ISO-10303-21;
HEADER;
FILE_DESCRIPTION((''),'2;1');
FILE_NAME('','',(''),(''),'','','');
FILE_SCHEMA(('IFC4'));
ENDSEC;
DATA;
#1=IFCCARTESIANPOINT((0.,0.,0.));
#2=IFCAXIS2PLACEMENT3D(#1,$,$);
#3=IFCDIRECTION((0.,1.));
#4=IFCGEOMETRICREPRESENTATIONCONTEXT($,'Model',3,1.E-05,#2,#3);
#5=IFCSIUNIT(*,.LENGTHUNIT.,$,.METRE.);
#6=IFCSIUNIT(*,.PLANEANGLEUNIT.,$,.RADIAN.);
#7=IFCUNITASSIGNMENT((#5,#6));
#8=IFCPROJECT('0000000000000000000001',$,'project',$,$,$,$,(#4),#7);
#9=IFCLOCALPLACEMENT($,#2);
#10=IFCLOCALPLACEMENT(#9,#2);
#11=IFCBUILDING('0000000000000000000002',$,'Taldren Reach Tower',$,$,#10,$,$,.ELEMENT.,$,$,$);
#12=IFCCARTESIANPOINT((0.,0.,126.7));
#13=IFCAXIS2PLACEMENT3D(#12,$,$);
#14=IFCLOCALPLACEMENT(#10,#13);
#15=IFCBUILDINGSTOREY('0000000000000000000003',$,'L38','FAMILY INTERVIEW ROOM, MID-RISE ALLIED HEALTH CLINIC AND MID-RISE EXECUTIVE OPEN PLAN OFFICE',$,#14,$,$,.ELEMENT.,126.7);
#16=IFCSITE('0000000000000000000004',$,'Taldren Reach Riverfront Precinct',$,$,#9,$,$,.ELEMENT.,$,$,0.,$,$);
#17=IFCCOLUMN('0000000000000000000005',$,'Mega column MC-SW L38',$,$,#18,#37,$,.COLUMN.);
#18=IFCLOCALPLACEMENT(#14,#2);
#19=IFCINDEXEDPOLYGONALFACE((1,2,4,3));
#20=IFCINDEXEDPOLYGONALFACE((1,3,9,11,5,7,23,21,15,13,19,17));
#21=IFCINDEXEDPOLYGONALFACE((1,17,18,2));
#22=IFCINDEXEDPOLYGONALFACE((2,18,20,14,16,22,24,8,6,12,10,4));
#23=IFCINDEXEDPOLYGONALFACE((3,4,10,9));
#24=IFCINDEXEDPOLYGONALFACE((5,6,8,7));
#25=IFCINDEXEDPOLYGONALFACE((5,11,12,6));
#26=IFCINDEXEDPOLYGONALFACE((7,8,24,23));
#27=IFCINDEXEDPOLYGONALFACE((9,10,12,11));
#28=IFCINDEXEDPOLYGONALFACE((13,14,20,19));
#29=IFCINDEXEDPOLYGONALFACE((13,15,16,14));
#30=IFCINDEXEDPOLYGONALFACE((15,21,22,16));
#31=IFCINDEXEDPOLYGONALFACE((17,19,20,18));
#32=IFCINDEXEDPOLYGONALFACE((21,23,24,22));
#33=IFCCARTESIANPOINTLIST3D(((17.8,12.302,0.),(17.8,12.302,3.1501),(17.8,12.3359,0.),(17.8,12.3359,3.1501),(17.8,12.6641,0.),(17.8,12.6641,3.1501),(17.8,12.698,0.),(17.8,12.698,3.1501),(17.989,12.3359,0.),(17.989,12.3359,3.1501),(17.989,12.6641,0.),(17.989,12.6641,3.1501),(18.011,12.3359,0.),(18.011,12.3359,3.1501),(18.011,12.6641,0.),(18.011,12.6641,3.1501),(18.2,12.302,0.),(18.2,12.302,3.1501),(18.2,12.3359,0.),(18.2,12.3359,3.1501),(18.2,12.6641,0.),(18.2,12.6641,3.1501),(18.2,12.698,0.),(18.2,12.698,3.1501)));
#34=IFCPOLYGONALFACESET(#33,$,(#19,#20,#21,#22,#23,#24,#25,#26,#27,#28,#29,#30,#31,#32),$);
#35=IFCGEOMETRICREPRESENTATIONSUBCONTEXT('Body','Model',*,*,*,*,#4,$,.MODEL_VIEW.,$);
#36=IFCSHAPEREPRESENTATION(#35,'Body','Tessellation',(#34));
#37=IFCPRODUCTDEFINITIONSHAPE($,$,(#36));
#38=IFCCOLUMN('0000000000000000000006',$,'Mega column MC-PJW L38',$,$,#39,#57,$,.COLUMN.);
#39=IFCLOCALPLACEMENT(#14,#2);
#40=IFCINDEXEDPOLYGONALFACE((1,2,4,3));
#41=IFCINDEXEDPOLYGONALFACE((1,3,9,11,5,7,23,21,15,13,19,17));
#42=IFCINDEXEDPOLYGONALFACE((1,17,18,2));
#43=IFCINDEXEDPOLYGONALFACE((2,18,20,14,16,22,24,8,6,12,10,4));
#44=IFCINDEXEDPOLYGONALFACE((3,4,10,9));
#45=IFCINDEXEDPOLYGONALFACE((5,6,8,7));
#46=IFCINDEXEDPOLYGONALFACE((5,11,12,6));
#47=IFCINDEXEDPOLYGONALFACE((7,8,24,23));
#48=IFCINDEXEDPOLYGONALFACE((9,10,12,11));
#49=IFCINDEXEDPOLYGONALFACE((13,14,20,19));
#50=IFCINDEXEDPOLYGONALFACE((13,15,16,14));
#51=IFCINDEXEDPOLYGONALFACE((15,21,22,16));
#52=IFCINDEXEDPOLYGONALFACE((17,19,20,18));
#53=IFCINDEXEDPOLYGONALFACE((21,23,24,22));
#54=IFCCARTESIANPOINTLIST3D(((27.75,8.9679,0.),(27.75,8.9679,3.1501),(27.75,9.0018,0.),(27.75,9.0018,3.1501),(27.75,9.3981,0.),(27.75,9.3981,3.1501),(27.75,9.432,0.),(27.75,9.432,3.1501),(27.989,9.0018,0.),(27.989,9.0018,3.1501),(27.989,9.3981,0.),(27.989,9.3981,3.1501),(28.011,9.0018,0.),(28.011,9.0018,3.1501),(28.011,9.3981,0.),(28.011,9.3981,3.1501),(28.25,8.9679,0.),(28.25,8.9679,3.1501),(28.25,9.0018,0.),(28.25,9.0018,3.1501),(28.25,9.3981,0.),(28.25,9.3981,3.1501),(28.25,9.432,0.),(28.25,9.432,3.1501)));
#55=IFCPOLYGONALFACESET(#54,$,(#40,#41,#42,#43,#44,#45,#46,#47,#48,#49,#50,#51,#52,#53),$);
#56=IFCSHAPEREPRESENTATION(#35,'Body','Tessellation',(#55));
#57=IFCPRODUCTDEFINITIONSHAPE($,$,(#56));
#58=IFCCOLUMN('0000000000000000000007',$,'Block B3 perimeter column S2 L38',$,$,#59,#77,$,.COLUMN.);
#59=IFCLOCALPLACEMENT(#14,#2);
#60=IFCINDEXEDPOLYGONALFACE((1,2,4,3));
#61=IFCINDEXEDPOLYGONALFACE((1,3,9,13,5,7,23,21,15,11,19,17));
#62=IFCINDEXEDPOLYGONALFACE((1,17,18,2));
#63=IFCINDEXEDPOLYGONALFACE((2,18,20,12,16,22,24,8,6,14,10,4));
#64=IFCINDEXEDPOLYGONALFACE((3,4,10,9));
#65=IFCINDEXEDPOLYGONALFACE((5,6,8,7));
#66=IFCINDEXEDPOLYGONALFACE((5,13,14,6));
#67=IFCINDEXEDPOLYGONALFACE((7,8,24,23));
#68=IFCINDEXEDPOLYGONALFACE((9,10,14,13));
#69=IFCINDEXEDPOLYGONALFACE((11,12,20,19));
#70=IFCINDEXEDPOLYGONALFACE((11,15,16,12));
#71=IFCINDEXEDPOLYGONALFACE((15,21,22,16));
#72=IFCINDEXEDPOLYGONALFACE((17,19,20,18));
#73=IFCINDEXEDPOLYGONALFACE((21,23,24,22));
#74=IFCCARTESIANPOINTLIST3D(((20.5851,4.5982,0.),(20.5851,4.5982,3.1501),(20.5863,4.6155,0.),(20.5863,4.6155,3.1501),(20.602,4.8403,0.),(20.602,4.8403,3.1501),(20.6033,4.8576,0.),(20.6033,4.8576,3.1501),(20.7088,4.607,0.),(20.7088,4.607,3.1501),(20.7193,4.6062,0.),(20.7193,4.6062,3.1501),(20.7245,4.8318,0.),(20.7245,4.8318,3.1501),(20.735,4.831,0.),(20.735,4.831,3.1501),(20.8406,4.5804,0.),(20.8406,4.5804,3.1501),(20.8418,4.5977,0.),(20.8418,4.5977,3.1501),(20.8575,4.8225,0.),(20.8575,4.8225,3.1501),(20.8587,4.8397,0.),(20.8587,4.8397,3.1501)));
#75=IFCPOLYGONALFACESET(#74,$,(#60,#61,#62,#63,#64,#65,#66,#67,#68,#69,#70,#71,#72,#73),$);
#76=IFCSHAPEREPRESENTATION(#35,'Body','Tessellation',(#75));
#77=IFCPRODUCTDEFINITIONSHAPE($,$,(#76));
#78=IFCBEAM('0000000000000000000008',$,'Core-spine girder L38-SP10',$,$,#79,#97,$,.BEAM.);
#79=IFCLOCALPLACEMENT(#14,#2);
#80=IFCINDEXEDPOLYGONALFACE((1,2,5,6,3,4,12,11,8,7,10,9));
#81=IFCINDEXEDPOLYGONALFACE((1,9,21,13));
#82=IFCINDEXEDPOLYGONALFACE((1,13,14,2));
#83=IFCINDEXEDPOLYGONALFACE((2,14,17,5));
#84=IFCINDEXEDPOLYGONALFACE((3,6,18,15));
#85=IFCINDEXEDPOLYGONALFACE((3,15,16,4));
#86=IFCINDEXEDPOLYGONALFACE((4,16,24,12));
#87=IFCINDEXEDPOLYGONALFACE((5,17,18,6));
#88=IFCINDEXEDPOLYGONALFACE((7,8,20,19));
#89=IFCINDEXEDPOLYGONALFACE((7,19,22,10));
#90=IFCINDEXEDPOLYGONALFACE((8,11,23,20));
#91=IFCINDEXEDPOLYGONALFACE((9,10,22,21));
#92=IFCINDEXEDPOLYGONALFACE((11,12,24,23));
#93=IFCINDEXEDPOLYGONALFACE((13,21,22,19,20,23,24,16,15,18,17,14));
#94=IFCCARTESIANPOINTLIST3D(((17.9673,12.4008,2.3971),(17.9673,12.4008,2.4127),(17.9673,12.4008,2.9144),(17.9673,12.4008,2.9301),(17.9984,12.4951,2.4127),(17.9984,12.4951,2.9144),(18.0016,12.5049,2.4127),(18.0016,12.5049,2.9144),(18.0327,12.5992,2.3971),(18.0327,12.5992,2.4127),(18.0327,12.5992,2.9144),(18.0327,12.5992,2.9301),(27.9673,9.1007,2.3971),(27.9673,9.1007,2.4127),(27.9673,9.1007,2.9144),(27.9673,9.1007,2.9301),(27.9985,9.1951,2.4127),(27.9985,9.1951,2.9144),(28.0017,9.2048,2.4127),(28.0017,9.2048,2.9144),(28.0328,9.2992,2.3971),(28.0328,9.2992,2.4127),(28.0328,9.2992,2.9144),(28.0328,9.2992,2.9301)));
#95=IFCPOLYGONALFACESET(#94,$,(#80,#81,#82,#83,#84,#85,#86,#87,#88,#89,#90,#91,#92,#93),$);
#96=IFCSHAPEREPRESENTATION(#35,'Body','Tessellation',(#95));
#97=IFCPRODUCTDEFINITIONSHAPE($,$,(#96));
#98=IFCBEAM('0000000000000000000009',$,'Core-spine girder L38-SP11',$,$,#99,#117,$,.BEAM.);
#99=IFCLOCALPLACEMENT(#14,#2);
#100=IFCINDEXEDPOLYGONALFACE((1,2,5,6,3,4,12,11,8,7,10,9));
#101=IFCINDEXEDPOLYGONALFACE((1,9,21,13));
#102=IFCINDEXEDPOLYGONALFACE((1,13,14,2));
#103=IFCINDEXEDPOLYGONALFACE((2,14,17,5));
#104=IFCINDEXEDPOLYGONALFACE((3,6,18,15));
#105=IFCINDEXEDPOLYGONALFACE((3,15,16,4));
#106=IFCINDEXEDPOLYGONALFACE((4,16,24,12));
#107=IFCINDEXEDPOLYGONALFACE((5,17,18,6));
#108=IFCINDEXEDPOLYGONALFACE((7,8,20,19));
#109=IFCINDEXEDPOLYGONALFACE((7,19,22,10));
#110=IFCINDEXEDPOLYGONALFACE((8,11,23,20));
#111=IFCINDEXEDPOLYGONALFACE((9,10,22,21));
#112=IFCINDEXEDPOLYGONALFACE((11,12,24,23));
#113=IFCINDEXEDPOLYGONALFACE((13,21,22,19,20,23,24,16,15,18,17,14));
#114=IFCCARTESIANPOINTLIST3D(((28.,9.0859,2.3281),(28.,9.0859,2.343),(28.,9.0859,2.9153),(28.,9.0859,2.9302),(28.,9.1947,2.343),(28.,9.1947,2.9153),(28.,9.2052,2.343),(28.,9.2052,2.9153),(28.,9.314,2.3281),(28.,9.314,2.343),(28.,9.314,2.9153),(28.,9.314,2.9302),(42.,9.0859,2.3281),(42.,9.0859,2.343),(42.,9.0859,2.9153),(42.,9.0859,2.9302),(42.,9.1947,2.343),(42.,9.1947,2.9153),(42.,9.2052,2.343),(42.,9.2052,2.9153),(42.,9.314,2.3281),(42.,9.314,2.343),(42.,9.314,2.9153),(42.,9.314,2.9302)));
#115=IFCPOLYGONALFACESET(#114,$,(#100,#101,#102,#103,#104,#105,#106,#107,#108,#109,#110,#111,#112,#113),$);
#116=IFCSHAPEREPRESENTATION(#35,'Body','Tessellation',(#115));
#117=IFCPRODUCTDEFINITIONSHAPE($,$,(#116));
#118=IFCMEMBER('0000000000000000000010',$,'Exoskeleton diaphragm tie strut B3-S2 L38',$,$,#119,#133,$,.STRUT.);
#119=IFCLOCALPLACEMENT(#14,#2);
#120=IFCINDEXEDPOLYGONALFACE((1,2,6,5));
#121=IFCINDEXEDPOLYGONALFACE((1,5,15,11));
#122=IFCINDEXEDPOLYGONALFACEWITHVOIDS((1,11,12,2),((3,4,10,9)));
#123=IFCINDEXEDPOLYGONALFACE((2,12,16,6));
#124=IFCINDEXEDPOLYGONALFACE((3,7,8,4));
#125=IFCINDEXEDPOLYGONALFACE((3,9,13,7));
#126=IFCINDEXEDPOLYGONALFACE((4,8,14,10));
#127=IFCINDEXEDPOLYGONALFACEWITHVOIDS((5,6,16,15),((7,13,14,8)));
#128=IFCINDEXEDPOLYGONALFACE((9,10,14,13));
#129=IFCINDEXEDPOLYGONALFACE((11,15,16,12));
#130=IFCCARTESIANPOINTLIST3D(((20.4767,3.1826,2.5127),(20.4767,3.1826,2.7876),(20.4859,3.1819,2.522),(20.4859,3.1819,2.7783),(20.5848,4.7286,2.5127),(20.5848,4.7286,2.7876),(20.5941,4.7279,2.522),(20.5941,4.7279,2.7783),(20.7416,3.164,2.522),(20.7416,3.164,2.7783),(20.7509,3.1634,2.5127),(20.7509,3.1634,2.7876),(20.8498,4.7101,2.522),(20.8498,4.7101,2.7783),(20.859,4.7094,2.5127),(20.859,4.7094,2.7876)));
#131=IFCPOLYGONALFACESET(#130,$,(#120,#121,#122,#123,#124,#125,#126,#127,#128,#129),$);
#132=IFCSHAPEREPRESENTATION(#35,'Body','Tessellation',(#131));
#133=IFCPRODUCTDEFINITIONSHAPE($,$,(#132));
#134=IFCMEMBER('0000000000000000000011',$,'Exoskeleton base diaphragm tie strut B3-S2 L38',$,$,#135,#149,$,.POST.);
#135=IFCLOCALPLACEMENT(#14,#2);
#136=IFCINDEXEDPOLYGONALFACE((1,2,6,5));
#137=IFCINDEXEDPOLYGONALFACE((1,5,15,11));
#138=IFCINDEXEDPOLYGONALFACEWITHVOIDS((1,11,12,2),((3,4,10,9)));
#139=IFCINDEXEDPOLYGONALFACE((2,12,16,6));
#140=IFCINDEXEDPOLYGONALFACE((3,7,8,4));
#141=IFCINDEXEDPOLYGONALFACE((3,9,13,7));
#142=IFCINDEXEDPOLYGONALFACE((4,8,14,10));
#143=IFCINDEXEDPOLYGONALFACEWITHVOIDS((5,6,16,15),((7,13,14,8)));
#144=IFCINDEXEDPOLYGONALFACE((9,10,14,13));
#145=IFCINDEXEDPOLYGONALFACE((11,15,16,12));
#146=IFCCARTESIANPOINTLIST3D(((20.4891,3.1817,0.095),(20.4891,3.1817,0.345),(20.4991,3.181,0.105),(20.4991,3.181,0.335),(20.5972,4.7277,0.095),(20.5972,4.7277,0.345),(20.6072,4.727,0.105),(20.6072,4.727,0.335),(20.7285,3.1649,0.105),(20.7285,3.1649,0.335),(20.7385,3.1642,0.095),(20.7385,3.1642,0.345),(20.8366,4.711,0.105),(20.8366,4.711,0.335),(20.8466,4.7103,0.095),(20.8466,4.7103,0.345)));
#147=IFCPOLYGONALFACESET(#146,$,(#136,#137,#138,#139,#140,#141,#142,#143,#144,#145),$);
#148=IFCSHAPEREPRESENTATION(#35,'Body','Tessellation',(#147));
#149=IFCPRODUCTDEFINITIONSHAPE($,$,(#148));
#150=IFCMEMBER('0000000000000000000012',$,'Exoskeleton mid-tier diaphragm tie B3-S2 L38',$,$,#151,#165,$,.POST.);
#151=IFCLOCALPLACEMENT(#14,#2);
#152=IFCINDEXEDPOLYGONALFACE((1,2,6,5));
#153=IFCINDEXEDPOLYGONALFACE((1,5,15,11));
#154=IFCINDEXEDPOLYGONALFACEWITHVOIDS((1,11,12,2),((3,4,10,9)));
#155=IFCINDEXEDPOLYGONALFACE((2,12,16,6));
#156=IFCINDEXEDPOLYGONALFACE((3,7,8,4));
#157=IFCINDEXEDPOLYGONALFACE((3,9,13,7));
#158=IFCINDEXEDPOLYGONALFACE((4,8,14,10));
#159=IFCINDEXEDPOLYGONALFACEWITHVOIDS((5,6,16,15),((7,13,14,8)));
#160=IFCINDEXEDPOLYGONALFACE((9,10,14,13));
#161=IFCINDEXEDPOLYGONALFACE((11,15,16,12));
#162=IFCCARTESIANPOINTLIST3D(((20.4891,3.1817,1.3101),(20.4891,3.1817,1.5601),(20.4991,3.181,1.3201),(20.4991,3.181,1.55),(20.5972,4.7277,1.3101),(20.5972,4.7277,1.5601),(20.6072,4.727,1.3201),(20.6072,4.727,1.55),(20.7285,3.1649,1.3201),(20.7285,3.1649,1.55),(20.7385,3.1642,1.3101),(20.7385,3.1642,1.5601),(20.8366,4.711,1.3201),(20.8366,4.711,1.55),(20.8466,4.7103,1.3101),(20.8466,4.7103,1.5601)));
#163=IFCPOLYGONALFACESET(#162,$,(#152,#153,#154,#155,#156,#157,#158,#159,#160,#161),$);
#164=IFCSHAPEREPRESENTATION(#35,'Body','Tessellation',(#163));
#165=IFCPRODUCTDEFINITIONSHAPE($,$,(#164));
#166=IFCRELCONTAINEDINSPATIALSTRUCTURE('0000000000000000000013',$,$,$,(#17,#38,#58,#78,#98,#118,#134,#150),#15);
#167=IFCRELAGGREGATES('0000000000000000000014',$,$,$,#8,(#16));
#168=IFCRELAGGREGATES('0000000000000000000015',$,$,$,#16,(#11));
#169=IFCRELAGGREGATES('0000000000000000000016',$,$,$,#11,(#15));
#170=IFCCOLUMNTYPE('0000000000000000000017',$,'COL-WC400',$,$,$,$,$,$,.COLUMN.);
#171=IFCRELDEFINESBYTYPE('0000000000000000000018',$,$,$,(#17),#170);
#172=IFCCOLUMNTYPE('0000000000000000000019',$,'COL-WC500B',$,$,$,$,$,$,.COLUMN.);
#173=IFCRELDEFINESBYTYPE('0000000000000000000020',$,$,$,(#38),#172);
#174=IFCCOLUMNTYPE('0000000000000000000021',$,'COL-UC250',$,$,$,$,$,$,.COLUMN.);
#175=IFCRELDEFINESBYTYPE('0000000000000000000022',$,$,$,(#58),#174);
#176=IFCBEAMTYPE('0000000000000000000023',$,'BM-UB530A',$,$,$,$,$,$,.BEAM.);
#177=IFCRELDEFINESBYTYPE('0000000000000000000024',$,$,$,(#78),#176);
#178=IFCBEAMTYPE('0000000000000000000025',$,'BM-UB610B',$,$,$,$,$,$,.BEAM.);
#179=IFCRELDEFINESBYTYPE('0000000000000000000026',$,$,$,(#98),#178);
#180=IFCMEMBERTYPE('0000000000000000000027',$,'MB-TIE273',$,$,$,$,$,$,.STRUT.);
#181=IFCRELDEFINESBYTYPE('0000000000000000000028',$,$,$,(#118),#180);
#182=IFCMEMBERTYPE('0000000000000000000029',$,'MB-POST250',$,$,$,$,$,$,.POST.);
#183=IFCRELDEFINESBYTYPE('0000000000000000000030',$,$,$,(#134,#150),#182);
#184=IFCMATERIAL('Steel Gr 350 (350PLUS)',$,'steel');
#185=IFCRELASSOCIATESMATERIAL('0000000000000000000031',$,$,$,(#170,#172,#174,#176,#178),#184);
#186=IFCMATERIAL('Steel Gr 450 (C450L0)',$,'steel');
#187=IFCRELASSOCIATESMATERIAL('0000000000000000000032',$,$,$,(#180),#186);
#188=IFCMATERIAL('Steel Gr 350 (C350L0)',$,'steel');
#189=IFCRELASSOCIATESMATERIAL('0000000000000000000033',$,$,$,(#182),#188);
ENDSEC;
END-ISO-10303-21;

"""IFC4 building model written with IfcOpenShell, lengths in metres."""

from ifc_helpers import new_model, si_unit, direction, frame, origin, origin_2d, place, context, subcontext, project, spatial, hollow_rectangle, i_section, extrude, source, transform, mapped, material, material_profile, profile_set, type_object, element, save


model = new_model("IFC4")

# Units and contexts
model_context = context("Model", 3, precision=1e-05, world=origin(), true_north=direction((0.0, 1.0)))
body_context = subcontext(model_context, "Body", "Model", "MODEL_VIEW")
ifc_project = project(units=[si_unit("LENGTHUNIT", "METRE"), si_unit("PLANEANGLEUNIT", "RADIAN")], contexts=[model_context])

# Site, building, storey
site_placement = place(None, origin())
site = spatial("IfcSite", under=ifc_project, at=site_placement, Name="Taldren Reach Riverfront Precinct", CompositionType="ELEMENT", RefElevation=0.0)
building_placement = place(site_placement, origin())
building = spatial("IfcBuilding", under=site, at=building_placement, Name="Taldren Reach Tower", CompositionType="ELEMENT")
storey_placement = place(building_placement, frame((0.0, 0.0, 126.7)))
storey = spatial("IfcBuildingStorey", under=building, at=storey_placement, Name="L38", Description="FAMILY INTERVIEW ROOM, MID-RISE ALLIED HEALTH CLINIC AND MID-RISE EXECUTIVE OPEN PLAN OFFICE", CompositionType="ELEMENT", Elevation=126.7)

# Columns
ifc_material_1 = material(Name="Steel Gr 350 (350PLUS)", Category="steel")
ifc_material_profile_1 = material_profile(ifc_material_1, i_section(OverallWidth=0.3999, OverallDepth=0.396, WebThickness=0.022, FlangeThickness=0.0339, at=origin_2d()), Name="400WC270")
ifc_profile_set_1 = profile_set([ifc_material_profile_1], Name="Steel Gr 350 (350PLUS)")
column_type_1 = type_object("IfcColumnType", Name="COL-WC400", PredefinedType="COLUMN", material=ifc_profile_set_1)
shared_shape_1 = source(origin(), body_context, "Body", "SweptSolid", [
    extrude(i_section(OverallWidth=0.3999, OverallDepth=0.396, WebThickness=0.022, FlangeThickness=0.0339, at=origin_2d()), origin(), (0.0, 0.0, 1.0), 3.1501),
])
column_1_placement = place(storey_placement, frame((18.0, 12.5, 0.0), z_axis=(0.0, 0.0, 1.0), x_axis=(1.0, 0.0, 0.0)))
element("IfcColumn", 1, at=column_1_placement, inside=storey, type_object=column_type_1, Name="Mega column MC-SW L38", PredefinedType="COLUMN", context=body_context, shape_type="MappedRepresentation", body=[
    mapped(shared_shape_1, transform((0.0, 0.0, 0.0), scale=1.0)),
])
ifc_material_profile_2 = material_profile(ifc_material_1, i_section(OverallWidth=0.5, OverallDepth=0.4641, WebThickness=0.022, FlangeThickness=0.0339, at=origin_2d()), Name="500WC340")
ifc_profile_set_2 = profile_set([ifc_material_profile_2], Name="Steel Gr 350 (350PLUS)")
column_type_2 = type_object("IfcColumnType", Name="COL-WC500B", PredefinedType="COLUMN", material=ifc_profile_set_2)
shared_shape_2 = source(origin(), body_context, "Body", "SweptSolid", [
    extrude(i_section(OverallWidth=0.5, OverallDepth=0.4641, WebThickness=0.022, FlangeThickness=0.0339, at=origin_2d()), origin(), (0.0, 0.0, 1.0), 3.1501),
])
column_2_placement = place(storey_placement, frame((28.0, 9.2, 0.0), z_axis=(0.0, 0.0, 1.0), x_axis=(1.0, 0.0, 0.0)))
element("IfcColumn", 2, at=column_2_placement, inside=storey, type_object=column_type_2, Name="Mega column MC-PJW L38", PredefinedType="COLUMN", context=body_context, shape_type="MappedRepresentation", body=[
    mapped(shared_shape_2, transform((0.0, 0.0, 0.0), scale=1.0)),
])
ifc_material_profile_3 = material_profile(ifc_material_1, i_section(OverallWidth=0.2561, OverallDepth=0.26, WebThickness=0.0105, FlangeThickness=0.0173, at=origin_2d()), Name="250UC89.5")
ifc_profile_set_3 = profile_set([ifc_material_profile_3], Name="Steel Gr 350 (350PLUS)")
column_type_3 = type_object("IfcColumnType", Name="COL-UC250", PredefinedType="COLUMN", material=ifc_profile_set_3)
shared_shape_3 = source(origin(), body_context, "Body", "SweptSolid", [
    extrude(i_section(OverallWidth=0.2561, OverallDepth=0.26, WebThickness=0.0105, FlangeThickness=0.0173, at=origin_2d()), origin(), (0.0, 0.0, 1.0), 3.1501),
])
column_3_placement = place(storey_placement, frame((20.7219, 4.719, 0.0), z_axis=(0.0, 0.0, 1.0), x_axis=(0.997564, -0.069756, 0.0)))
element("IfcColumn", 3, at=column_3_placement, inside=storey, type_object=column_type_3, Name="Block B3 perimeter column S2 L38", PredefinedType="COLUMN", context=body_context, shape_type="MappedRepresentation", body=[
    mapped(shared_shape_3, transform((0.0, 0.0, 0.0), scale=1.0)),
])

# Beams
ifc_material_profile_4 = material_profile(ifc_material_1, i_section(OverallWidth=0.209, OverallDepth=0.533, WebThickness=0.0103, FlangeThickness=0.0156, at=origin_2d()), Name="530UB92.4")
ifc_profile_set_4 = profile_set([ifc_material_profile_4], Name="Steel Gr 350 (350PLUS)")
beam_type_1 = type_object("IfcBeamType", Name="BM-UB530A", PredefinedType="BEAM", material=ifc_profile_set_4)
shared_shape_4 = source(origin(), body_context, "Body", "SweptSolid", [
    extrude(i_section(OverallWidth=0.209, OverallDepth=0.533, WebThickness=0.0103, FlangeThickness=0.0156, at=origin_2d()), origin(), (0.0, 0.0, 1.0), 10.5305),
])
beam_1_placement = place(storey_placement, frame((18.0, 12.5, 2.6636), z_axis=(0.949627, -0.313382, 0.0), x_axis=(0.313382, 0.949627, 0.0)))
element("IfcBeam", 4, at=beam_1_placement, inside=storey, type_object=beam_type_1, Name="Core-spine girder L38-SP10", PredefinedType="BEAM", context=body_context, shape_type="MappedRepresentation", body=[
    mapped(shared_shape_4, transform((0.0, 0.0, 0.0), scale=1.0)),
])
ifc_material_profile_5 = material_profile(ifc_material_1, i_section(OverallWidth=0.228, OverallDepth=0.6021, WebThickness=0.0105, FlangeThickness=0.0149, at=origin_2d()), Name="610UB101")
ifc_profile_set_5 = profile_set([ifc_material_profile_5], Name="Steel Gr 350 (350PLUS)")
beam_type_2 = type_object("IfcBeamType", Name="BM-UB610B", PredefinedType="BEAM", material=ifc_profile_set_5)
shared_shape_5 = source(origin(), body_context, "Body", "SweptSolid", [
    extrude(i_section(OverallWidth=0.228, OverallDepth=0.6021, WebThickness=0.0105, FlangeThickness=0.0149, at=origin_2d()), origin(), (0.0, 0.0, 1.0), 14.0),
])
beam_2_placement = place(storey_placement, frame((28.0, 9.2, 2.6292), z_axis=(1.0, 0.0, 0.0), x_axis=(0.0, 1.0, 0.0)))
element("IfcBeam", 5, at=beam_2_placement, inside=storey, type_object=beam_type_2, Name="Core-spine girder L38-SP11", PredefinedType="BEAM", context=body_context, shape_type="MappedRepresentation", body=[
    mapped(shared_shape_5, transform((0.0, 0.0, 0.0), scale=1.0)),
])

# Members
ifc_material_2 = material(Name="Steel Gr 450 (C450L0)", Category="steel")
ifc_material_profile_6 = material_profile(ifc_material_2, hollow_rectangle(XDim=0.2749, YDim=0.2749, WallThickness=0.0093, at=origin_2d()), Name="275x275x9.3SHS")
ifc_profile_set_6 = profile_set([ifc_material_profile_6], Name="Steel Gr 450 (C450L0)")
member_type_1 = type_object("IfcMemberType", Name="MB-TIE273", PredefinedType="STRUT", material=ifc_profile_set_6)
shared_shape_6 = source(origin(), body_context, "Body", "SweptSolid", [
    extrude(hollow_rectangle(XDim=0.2749, YDim=0.2749, WallThickness=0.0093, at=origin_2d()), origin(), (0.0, 0.0, 1.0), 1.5498),
])
member_placement = place(storey_placement, frame((20.7219, 4.719, 2.6501), z_axis=(-0.069781, -0.997562, 0.0), x_axis=(0.997562, -0.069781, 0.0)))
element("IfcMember", 6, at=member_placement, inside=storey, type_object=member_type_1, Name="Exoskeleton diaphragm tie strut B3-S2 L38", PredefinedType="STRUT", context=body_context, shape_type="MappedRepresentation", body=[
    mapped(shared_shape_6, transform((0.0, 0.0, 0.0), scale=1.0)),
])
ifc_material_3 = material(Name="Steel Gr 350 (C350L0)", Category="steel")
ifc_material_profile_7 = material_profile(ifc_material_3, hollow_rectangle(XDim=0.25, YDim=0.25, WallThickness=0.01, at=origin_2d()), Name="250x250x10.0SHS")
ifc_profile_set_7 = profile_set([ifc_material_profile_7], Name="Steel Gr 350 (C350L0)")
member_type_2 = type_object("IfcMemberType", Name="MB-POST250", PredefinedType="POST", material=ifc_profile_set_7)
shared_shape_7 = source(origin(), body_context, "Body", "SweptSolid", [
    extrude(hollow_rectangle(XDim=0.25, YDim=0.25, WallThickness=0.01, at=origin_2d()), origin(), (0.0, 0.0, 1.0), 1.5498),
])
for number, where, z_axis, x_axis, name in (
    (7, (20.7219, 4.719, 0.22), (-0.069781, -0.997562, 0.0), (0.997562, -0.069781, 0.0), "Exoskeleton base diaphragm tie strut B3-S2 L38"),
    (8, (20.7219, 4.719, 1.4351), (-0.069781, -0.997562, 0.0), (0.997562, -0.069781, 0.0), "Exoskeleton mid-tier diaphragm tie B3-S2 L38"),
):
    element("IfcMember", number, at=place(storey_placement, frame(where, z_axis=z_axis, x_axis=x_axis)), inside=storey, type_object=member_type_2, Name=name, PredefinedType="POST", context=body_context, shape_type="MappedRepresentation", body=[
        mapped(shared_shape_7, transform((0.0, 0.0, 0.0), scale=1.0)),
    ])

save(model, "model.ifc")
